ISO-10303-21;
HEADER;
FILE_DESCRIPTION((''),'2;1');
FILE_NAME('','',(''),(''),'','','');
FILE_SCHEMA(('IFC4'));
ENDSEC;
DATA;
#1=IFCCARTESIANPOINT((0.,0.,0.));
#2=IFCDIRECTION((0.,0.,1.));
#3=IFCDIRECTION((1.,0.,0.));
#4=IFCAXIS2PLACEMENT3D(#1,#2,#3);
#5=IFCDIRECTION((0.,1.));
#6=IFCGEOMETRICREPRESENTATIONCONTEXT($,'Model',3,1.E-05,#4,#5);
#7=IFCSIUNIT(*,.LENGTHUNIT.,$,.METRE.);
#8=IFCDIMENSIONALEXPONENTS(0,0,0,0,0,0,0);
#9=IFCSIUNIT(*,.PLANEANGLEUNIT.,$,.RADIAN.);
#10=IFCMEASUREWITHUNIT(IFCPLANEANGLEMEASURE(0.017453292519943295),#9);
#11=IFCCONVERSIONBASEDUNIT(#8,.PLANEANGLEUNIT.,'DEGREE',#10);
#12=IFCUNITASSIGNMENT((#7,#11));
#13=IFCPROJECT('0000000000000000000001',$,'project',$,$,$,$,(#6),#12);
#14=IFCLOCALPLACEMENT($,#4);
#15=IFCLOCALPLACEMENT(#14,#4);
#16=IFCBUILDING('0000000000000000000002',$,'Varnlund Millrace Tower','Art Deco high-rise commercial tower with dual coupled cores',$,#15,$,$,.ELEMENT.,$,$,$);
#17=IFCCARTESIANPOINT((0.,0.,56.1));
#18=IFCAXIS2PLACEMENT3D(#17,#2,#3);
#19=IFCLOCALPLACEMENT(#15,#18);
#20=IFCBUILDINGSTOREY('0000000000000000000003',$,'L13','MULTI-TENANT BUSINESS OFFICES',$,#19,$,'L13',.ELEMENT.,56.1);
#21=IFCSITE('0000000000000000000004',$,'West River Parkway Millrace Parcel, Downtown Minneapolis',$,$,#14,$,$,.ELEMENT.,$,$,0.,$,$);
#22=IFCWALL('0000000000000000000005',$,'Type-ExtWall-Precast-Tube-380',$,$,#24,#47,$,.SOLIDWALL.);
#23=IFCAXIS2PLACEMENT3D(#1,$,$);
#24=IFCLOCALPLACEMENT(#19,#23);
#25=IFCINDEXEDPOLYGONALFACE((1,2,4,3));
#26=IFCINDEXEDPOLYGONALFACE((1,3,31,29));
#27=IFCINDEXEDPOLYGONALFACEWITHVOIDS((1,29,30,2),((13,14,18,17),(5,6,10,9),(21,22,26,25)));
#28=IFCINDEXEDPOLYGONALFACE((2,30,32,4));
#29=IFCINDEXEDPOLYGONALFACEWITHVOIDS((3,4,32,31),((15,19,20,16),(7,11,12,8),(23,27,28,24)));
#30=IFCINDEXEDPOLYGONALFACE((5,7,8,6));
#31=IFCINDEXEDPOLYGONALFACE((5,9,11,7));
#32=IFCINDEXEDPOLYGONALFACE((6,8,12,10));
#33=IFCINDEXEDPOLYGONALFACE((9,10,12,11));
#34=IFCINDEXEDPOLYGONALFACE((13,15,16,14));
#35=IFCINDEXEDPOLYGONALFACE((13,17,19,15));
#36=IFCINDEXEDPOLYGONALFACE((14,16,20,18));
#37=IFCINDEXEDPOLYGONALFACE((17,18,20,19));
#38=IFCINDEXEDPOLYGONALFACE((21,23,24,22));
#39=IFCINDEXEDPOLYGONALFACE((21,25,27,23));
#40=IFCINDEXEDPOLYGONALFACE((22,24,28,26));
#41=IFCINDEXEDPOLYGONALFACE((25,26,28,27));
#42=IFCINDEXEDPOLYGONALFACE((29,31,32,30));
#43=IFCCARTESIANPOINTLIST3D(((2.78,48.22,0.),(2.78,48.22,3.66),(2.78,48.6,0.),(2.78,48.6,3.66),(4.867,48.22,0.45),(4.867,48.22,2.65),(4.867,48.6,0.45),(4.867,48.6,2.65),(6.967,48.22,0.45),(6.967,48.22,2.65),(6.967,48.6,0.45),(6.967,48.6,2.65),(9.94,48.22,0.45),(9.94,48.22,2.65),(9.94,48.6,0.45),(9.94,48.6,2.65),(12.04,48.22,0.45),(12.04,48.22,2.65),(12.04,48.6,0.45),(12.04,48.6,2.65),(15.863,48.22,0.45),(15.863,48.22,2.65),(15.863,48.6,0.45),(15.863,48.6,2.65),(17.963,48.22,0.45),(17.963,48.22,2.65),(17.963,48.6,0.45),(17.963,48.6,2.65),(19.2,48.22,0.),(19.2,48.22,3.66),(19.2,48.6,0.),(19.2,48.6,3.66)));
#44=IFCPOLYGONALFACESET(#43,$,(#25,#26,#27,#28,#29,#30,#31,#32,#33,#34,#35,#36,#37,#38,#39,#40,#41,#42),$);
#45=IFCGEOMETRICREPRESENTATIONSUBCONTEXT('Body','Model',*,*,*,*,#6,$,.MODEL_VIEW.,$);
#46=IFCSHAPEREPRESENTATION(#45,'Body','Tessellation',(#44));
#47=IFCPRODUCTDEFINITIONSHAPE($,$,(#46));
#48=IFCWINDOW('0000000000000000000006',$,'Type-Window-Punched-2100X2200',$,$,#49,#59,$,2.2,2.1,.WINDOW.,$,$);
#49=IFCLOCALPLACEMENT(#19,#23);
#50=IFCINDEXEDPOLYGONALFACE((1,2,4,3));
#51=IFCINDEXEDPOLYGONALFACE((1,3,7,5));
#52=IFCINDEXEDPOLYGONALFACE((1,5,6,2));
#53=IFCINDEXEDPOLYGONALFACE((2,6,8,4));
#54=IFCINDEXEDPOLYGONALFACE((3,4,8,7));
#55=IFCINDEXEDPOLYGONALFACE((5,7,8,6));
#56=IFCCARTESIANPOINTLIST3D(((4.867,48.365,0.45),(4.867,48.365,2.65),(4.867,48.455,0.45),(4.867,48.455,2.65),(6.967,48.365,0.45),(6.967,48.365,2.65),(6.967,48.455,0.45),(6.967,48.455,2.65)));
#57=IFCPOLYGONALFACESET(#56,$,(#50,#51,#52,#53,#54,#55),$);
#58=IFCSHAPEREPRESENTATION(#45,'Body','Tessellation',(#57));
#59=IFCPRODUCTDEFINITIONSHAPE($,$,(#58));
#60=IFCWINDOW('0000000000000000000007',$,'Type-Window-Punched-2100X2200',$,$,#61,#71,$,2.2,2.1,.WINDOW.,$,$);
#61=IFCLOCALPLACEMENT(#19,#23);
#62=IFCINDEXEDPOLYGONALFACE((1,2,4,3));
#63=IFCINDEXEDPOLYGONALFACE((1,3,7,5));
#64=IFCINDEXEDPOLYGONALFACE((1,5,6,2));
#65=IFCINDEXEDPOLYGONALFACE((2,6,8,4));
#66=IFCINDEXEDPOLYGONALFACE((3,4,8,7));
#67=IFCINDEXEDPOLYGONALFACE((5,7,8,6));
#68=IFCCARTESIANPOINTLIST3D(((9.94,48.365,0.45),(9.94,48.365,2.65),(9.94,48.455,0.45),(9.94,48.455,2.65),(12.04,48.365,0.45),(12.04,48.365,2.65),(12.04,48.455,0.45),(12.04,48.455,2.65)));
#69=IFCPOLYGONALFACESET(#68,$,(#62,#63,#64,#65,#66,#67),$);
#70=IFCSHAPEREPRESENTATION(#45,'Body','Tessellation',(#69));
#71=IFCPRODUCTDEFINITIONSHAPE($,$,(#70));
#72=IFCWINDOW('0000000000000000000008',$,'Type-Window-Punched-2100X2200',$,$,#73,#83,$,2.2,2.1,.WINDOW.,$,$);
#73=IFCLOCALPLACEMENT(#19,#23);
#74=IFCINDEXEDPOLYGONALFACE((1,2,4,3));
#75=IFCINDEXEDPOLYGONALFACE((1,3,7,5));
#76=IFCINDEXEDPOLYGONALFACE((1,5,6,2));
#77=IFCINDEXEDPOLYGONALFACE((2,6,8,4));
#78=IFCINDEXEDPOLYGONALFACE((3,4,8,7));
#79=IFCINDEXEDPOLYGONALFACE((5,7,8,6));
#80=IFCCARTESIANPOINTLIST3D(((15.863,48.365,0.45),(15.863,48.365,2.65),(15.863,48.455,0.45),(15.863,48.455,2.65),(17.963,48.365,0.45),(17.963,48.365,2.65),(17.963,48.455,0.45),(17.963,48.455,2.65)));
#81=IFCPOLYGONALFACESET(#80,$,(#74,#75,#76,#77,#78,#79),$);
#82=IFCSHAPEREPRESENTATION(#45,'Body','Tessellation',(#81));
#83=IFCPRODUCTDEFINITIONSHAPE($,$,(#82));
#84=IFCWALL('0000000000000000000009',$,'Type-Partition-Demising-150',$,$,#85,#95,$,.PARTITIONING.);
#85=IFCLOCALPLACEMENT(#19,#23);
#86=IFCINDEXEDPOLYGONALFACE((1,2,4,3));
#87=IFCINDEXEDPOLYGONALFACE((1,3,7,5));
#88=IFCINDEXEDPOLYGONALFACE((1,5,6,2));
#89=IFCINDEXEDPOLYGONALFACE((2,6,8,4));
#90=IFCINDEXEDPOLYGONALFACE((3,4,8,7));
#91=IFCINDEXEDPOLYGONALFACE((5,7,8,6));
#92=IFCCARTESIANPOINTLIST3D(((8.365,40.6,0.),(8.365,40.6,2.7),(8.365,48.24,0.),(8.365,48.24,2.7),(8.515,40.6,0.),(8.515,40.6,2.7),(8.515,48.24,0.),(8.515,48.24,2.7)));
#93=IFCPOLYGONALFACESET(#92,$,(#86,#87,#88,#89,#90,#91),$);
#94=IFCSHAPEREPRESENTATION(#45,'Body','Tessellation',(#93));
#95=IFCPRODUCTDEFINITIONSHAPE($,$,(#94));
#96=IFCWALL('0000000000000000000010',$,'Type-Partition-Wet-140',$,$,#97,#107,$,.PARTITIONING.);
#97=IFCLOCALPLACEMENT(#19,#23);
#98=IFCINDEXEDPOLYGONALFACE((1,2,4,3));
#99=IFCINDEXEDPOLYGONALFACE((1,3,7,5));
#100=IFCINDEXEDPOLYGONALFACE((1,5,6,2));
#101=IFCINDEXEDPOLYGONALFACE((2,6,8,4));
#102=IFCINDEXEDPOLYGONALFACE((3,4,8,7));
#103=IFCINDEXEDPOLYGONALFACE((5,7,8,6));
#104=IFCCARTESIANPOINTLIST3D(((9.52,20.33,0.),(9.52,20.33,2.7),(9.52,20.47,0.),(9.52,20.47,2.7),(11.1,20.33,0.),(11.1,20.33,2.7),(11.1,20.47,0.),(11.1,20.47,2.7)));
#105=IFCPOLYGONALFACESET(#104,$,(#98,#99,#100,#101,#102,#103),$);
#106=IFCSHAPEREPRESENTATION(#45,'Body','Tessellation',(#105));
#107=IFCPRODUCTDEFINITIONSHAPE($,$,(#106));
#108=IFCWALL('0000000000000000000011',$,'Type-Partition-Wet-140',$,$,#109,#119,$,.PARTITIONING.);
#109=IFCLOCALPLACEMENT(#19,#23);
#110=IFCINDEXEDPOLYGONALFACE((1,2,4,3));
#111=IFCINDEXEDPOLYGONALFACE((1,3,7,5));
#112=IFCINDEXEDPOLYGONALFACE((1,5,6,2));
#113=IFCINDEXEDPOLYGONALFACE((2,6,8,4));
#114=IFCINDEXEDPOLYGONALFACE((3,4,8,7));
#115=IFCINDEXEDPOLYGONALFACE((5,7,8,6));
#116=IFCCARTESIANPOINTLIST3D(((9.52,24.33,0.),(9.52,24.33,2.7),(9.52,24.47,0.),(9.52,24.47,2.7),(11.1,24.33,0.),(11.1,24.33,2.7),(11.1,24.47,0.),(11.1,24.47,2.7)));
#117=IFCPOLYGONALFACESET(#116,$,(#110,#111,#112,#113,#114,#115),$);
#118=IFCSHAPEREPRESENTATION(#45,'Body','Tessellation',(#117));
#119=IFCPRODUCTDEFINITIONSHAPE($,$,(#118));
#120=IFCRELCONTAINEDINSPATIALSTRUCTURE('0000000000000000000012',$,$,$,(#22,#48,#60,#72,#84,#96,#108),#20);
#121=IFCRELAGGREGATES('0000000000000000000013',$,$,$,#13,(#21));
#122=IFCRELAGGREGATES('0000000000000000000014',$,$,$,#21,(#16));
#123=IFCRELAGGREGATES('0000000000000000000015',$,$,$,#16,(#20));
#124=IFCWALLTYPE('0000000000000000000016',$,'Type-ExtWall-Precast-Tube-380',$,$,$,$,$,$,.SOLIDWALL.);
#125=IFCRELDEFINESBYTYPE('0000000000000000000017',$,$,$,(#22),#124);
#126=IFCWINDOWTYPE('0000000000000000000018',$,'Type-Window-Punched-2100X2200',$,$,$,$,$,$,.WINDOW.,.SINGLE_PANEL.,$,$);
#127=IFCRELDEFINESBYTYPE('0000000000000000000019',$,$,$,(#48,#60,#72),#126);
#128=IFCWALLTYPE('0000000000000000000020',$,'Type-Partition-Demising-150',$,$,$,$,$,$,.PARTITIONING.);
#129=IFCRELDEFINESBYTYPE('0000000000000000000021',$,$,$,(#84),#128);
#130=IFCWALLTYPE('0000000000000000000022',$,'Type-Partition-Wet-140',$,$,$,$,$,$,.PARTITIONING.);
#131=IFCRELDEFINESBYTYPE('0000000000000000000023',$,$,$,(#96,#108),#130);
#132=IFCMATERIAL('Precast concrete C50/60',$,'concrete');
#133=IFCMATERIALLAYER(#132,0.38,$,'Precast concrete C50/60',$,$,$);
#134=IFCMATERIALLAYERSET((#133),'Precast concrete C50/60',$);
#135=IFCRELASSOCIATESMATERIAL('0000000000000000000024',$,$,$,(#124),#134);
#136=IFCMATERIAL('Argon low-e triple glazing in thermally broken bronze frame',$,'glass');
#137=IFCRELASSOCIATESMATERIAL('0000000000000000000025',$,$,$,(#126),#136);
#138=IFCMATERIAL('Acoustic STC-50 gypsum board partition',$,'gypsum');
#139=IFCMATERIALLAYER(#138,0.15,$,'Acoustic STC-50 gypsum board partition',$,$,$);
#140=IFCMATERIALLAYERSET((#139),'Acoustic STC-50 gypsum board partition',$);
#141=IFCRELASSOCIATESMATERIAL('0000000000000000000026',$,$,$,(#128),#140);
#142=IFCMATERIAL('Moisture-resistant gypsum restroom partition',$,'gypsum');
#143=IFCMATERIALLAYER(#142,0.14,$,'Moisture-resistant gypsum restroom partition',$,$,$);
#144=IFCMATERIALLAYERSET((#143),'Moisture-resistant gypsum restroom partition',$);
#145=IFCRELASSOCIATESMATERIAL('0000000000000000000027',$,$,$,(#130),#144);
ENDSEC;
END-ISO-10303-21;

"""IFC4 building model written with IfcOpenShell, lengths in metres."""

from ifc_helpers import new_model, entity, si_unit, converted_unit, direction, frame, origin_with_axes, origin_2d_with_axis, place, context, subcontext, project, spatial, polyline, rectangle, outline, extrude, material, layer, layer_set, type_object, element, fill, save


model = new_model("IFC4")

# Units and contexts
model_context = context("Model", 3, precision=1e-05, world=origin_with_axes(), true_north=direction((0.0, 1.0)))
body_context = subcontext(model_context, "Body", "Model", "MODEL_VIEW")
ifc_project = project(units=[si_unit("LENGTHUNIT", "METRE"), converted_unit("PLANEANGLEUNIT", "DEGREE", entity("IfcPlaneAngleMeasure", 0.017453292519943295), si_unit("PLANEANGLEUNIT", "RADIAN"), dimensions=[0, 0, 0, 0, 0, 0, 0])], contexts=[model_context])

# Site, building, storey
site_placement = place(None, origin_with_axes())
site = spatial("IfcSite", under=ifc_project, at=site_placement, Name="West River Parkway Millrace Parcel, Downtown Minneapolis", CompositionType="ELEMENT", RefElevation=0.0)
building_placement = place(site_placement, origin_with_axes())
building = spatial("IfcBuilding", under=site, at=building_placement, Name="Varnlund Millrace Tower", Description="Art Deco high-rise commercial tower with dual coupled cores", CompositionType="ELEMENT")
storey_placement = place(building_placement, frame((0.0, 0.0, 56.1), z_axis=(0.0, 0.0, 1.0), x_axis=(1.0, 0.0, 0.0)))
storey = spatial("IfcBuildingStorey", under=building, at=storey_placement, Name="L13", Description="MULTI-TENANT BUSINESS OFFICES", LongName="L13", CompositionType="ELEMENT", Elevation=56.1)

# Shared definitions
ifc_material_1 = material(Name="Precast concrete C50/60", Category="concrete")
ifc_layer_1 = layer(ifc_material_1, 0.38, Name="Precast concrete C50/60")
ifc_layer_set_1 = layer_set([ifc_layer_1], Name="Precast concrete C50/60")
wall_type_1 = type_object("IfcWallType", Name="Type-ExtWall-Precast-Tube-380", PredefinedType="SOLIDWALL", material=ifc_layer_set_1)

# Wall, openings, windows
wall_1_placement = place(storey_placement, frame((2.78, 48.41, 0.0), z_axis=(0.0, 0.0, 1.0), x_axis=(1.0, 0.0, 0.0)))
wall_1 = element("IfcWall", 1, at=wall_1_placement, inside=storey, type_object=wall_type_1, Name="Type-ExtWall-Precast-Tube-380", PredefinedType="SOLIDWALL", context=body_context, shape_type="SweptSolid", body=[
    extrude(outline(polyline([(0.0, -0.19), (16.42, -0.19), (16.42, 0.19), (0.0, 0.19), (0.0, -0.19)])), origin_with_axes(), (0.0, 0.0, 1.0), 3.66),
])
opening_1_placement = place(wall_1_placement, frame((3.137, 0.0, 0.45), z_axis=(0.0, 0.0, 1.0), x_axis=(1.0, 0.0, 0.0)))
opening_1 = element("IfcOpeningElement", 2, at=opening_1_placement, cuts=wall_1, PredefinedType="OPENING", context=body_context, shape_type="SweptSolid", body=[
    extrude(rectangle(XDim=2.1, YDim=0.4, at=origin_2d_with_axis()), origin_with_axes(), (0.0, 0.0, 1.0), 2.2),
])
opening_2_placement = place(wall_1_placement, frame((8.21, 0.0, 0.45), z_axis=(0.0, 0.0, 1.0), x_axis=(1.0, 0.0, 0.0)))
opening_2 = element("IfcOpeningElement", 3, at=opening_2_placement, cuts=wall_1, PredefinedType="OPENING", context=body_context, shape_type="SweptSolid", body=[
    extrude(rectangle(XDim=2.1, YDim=0.4, at=origin_2d_with_axis()), origin_with_axes(), (0.0, 0.0, 1.0), 2.2),
])
opening_3_placement = place(wall_1_placement, frame((14.133, 0.0, 0.45), z_axis=(0.0, 0.0, 1.0), x_axis=(1.0, 0.0, 0.0)))
opening_3 = element("IfcOpeningElement", 4, at=opening_3_placement, cuts=wall_1, PredefinedType="OPENING", context=body_context, shape_type="SweptSolid", body=[
    extrude(rectangle(XDim=2.1, YDim=0.4, at=origin_2d_with_axis()), origin_with_axes(), (0.0, 0.0, 1.0), 2.2),
])
ifc_material_2 = material(Name="Argon low-e triple glazing in thermally broken bronze frame", Category="glass")
window_type = type_object("IfcWindowType", Name="Type-Window-Punched-2100X2200", PartitioningType="SINGLE_PANEL", PredefinedType="WINDOW", material=ifc_material_2)
window_1_placement = place(wall_1_placement, frame((3.137, 0.0, 0.45), z_axis=(0.0, 0.0, 1.0), x_axis=(1.0, 0.0, 0.0)))
window_1 = element("IfcWindow", 5, at=window_1_placement, inside=storey, type_object=window_type, Name="Type-Window-Punched-2100X2200", OverallHeight=2.2, OverallWidth=2.1, PredefinedType="WINDOW", context=body_context, shape_type="SweptSolid", body=[
    extrude(rectangle(XDim=2.1, YDim=0.09, at=origin_2d_with_axis()), origin_with_axes(), (0.0, 0.0, 1.0), 2.2),
])
fill(opening_1, window_1)
window_2_placement = place(wall_1_placement, frame((8.21, 0.0, 0.45), z_axis=(0.0, 0.0, 1.0), x_axis=(1.0, 0.0, 0.0)))
window_2 = element("IfcWindow", 6, at=window_2_placement, inside=storey, type_object=window_type, Name="Type-Window-Punched-2100X2200", OverallHeight=2.2, OverallWidth=2.1, PredefinedType="WINDOW", context=body_context, shape_type="SweptSolid", body=[
    extrude(rectangle(XDim=2.1, YDim=0.09, at=origin_2d_with_axis()), origin_with_axes(), (0.0, 0.0, 1.0), 2.2),
])
fill(opening_2, window_2)
window_3_placement = place(wall_1_placement, frame((14.133, 0.0, 0.45), z_axis=(0.0, 0.0, 1.0), x_axis=(1.0, 0.0, 0.0)))
window_3 = element("IfcWindow", 7, at=window_3_placement, inside=storey, type_object=window_type, Name="Type-Window-Punched-2100X2200", OverallHeight=2.2, OverallWidth=2.1, PredefinedType="WINDOW", context=body_context, shape_type="SweptSolid", body=[
    extrude(rectangle(XDim=2.1, YDim=0.09, at=origin_2d_with_axis()), origin_with_axes(), (0.0, 0.0, 1.0), 2.2),
])
fill(opening_3, window_3)

# Walls
ifc_material_3 = material(Name="Acoustic STC-50 gypsum board partition", Category="gypsum")
ifc_layer_2 = layer(ifc_material_3, 0.15, Name="Acoustic STC-50 gypsum board partition")
ifc_layer_set_2 = layer_set([ifc_layer_2], Name="Acoustic STC-50 gypsum board partition")
wall_type_2 = type_object("IfcWallType", Name="Type-Partition-Demising-150", PredefinedType="PARTITIONING", material=ifc_layer_set_2)
wall_2_placement = place(storey_placement, frame((8.44, 40.6, 0.0), z_axis=(0.0, 0.0, 1.0), x_axis=(0.0, 1.0, 0.0)))
element("IfcWall", 8, at=wall_2_placement, inside=storey, type_object=wall_type_2, Name="Type-Partition-Demising-150", PredefinedType="PARTITIONING", context=body_context, shape_type="SweptSolid", body=[
    extrude(outline(polyline([(0.0, -0.075), (7.64, -0.075), (7.64, 0.075), (0.0, 0.075), (0.0, -0.075)])), origin_with_axes(), (0.0, 0.0, 1.0), 2.7),
])
ifc_material_4 = material(Name="Moisture-resistant gypsum restroom partition", Category="gypsum")
ifc_layer_3 = layer(ifc_material_4, 0.14, Name="Moisture-resistant gypsum restroom partition")
ifc_layer_set_3 = layer_set([ifc_layer_3], Name="Moisture-resistant gypsum restroom partition")
wall_type_3 = type_object("IfcWallType", Name="Type-Partition-Wet-140", PredefinedType="PARTITIONING", material=ifc_layer_set_3)
for number, where, z_axis, x_axis, name in (
    (9, (9.52, 20.4, 0.0), (0.0, 0.0, 1.0), (1.0, 0.0, 0.0), "Type-Partition-Wet-140"),
    (10, (9.52, 24.4, 0.0), (0.0, 0.0, 1.0), (1.0, 0.0, 0.0), "Type-Partition-Wet-140"),
):
    element("IfcWall", number, at=place(storey_placement, frame(where, z_axis=z_axis, x_axis=x_axis)), inside=storey, type_object=wall_type_3, Name=name, PredefinedType="PARTITIONING", context=body_context, shape_type="SweptSolid", body=[
        extrude(outline(polyline([(0.0, -0.07), (1.58, -0.07), (1.58, 0.07), (0.0, 0.07), (0.0, -0.07)])), origin_with_axes(), (0.0, 0.0, 1.0), 2.7),
    ])

save(model, "model.ifc")
